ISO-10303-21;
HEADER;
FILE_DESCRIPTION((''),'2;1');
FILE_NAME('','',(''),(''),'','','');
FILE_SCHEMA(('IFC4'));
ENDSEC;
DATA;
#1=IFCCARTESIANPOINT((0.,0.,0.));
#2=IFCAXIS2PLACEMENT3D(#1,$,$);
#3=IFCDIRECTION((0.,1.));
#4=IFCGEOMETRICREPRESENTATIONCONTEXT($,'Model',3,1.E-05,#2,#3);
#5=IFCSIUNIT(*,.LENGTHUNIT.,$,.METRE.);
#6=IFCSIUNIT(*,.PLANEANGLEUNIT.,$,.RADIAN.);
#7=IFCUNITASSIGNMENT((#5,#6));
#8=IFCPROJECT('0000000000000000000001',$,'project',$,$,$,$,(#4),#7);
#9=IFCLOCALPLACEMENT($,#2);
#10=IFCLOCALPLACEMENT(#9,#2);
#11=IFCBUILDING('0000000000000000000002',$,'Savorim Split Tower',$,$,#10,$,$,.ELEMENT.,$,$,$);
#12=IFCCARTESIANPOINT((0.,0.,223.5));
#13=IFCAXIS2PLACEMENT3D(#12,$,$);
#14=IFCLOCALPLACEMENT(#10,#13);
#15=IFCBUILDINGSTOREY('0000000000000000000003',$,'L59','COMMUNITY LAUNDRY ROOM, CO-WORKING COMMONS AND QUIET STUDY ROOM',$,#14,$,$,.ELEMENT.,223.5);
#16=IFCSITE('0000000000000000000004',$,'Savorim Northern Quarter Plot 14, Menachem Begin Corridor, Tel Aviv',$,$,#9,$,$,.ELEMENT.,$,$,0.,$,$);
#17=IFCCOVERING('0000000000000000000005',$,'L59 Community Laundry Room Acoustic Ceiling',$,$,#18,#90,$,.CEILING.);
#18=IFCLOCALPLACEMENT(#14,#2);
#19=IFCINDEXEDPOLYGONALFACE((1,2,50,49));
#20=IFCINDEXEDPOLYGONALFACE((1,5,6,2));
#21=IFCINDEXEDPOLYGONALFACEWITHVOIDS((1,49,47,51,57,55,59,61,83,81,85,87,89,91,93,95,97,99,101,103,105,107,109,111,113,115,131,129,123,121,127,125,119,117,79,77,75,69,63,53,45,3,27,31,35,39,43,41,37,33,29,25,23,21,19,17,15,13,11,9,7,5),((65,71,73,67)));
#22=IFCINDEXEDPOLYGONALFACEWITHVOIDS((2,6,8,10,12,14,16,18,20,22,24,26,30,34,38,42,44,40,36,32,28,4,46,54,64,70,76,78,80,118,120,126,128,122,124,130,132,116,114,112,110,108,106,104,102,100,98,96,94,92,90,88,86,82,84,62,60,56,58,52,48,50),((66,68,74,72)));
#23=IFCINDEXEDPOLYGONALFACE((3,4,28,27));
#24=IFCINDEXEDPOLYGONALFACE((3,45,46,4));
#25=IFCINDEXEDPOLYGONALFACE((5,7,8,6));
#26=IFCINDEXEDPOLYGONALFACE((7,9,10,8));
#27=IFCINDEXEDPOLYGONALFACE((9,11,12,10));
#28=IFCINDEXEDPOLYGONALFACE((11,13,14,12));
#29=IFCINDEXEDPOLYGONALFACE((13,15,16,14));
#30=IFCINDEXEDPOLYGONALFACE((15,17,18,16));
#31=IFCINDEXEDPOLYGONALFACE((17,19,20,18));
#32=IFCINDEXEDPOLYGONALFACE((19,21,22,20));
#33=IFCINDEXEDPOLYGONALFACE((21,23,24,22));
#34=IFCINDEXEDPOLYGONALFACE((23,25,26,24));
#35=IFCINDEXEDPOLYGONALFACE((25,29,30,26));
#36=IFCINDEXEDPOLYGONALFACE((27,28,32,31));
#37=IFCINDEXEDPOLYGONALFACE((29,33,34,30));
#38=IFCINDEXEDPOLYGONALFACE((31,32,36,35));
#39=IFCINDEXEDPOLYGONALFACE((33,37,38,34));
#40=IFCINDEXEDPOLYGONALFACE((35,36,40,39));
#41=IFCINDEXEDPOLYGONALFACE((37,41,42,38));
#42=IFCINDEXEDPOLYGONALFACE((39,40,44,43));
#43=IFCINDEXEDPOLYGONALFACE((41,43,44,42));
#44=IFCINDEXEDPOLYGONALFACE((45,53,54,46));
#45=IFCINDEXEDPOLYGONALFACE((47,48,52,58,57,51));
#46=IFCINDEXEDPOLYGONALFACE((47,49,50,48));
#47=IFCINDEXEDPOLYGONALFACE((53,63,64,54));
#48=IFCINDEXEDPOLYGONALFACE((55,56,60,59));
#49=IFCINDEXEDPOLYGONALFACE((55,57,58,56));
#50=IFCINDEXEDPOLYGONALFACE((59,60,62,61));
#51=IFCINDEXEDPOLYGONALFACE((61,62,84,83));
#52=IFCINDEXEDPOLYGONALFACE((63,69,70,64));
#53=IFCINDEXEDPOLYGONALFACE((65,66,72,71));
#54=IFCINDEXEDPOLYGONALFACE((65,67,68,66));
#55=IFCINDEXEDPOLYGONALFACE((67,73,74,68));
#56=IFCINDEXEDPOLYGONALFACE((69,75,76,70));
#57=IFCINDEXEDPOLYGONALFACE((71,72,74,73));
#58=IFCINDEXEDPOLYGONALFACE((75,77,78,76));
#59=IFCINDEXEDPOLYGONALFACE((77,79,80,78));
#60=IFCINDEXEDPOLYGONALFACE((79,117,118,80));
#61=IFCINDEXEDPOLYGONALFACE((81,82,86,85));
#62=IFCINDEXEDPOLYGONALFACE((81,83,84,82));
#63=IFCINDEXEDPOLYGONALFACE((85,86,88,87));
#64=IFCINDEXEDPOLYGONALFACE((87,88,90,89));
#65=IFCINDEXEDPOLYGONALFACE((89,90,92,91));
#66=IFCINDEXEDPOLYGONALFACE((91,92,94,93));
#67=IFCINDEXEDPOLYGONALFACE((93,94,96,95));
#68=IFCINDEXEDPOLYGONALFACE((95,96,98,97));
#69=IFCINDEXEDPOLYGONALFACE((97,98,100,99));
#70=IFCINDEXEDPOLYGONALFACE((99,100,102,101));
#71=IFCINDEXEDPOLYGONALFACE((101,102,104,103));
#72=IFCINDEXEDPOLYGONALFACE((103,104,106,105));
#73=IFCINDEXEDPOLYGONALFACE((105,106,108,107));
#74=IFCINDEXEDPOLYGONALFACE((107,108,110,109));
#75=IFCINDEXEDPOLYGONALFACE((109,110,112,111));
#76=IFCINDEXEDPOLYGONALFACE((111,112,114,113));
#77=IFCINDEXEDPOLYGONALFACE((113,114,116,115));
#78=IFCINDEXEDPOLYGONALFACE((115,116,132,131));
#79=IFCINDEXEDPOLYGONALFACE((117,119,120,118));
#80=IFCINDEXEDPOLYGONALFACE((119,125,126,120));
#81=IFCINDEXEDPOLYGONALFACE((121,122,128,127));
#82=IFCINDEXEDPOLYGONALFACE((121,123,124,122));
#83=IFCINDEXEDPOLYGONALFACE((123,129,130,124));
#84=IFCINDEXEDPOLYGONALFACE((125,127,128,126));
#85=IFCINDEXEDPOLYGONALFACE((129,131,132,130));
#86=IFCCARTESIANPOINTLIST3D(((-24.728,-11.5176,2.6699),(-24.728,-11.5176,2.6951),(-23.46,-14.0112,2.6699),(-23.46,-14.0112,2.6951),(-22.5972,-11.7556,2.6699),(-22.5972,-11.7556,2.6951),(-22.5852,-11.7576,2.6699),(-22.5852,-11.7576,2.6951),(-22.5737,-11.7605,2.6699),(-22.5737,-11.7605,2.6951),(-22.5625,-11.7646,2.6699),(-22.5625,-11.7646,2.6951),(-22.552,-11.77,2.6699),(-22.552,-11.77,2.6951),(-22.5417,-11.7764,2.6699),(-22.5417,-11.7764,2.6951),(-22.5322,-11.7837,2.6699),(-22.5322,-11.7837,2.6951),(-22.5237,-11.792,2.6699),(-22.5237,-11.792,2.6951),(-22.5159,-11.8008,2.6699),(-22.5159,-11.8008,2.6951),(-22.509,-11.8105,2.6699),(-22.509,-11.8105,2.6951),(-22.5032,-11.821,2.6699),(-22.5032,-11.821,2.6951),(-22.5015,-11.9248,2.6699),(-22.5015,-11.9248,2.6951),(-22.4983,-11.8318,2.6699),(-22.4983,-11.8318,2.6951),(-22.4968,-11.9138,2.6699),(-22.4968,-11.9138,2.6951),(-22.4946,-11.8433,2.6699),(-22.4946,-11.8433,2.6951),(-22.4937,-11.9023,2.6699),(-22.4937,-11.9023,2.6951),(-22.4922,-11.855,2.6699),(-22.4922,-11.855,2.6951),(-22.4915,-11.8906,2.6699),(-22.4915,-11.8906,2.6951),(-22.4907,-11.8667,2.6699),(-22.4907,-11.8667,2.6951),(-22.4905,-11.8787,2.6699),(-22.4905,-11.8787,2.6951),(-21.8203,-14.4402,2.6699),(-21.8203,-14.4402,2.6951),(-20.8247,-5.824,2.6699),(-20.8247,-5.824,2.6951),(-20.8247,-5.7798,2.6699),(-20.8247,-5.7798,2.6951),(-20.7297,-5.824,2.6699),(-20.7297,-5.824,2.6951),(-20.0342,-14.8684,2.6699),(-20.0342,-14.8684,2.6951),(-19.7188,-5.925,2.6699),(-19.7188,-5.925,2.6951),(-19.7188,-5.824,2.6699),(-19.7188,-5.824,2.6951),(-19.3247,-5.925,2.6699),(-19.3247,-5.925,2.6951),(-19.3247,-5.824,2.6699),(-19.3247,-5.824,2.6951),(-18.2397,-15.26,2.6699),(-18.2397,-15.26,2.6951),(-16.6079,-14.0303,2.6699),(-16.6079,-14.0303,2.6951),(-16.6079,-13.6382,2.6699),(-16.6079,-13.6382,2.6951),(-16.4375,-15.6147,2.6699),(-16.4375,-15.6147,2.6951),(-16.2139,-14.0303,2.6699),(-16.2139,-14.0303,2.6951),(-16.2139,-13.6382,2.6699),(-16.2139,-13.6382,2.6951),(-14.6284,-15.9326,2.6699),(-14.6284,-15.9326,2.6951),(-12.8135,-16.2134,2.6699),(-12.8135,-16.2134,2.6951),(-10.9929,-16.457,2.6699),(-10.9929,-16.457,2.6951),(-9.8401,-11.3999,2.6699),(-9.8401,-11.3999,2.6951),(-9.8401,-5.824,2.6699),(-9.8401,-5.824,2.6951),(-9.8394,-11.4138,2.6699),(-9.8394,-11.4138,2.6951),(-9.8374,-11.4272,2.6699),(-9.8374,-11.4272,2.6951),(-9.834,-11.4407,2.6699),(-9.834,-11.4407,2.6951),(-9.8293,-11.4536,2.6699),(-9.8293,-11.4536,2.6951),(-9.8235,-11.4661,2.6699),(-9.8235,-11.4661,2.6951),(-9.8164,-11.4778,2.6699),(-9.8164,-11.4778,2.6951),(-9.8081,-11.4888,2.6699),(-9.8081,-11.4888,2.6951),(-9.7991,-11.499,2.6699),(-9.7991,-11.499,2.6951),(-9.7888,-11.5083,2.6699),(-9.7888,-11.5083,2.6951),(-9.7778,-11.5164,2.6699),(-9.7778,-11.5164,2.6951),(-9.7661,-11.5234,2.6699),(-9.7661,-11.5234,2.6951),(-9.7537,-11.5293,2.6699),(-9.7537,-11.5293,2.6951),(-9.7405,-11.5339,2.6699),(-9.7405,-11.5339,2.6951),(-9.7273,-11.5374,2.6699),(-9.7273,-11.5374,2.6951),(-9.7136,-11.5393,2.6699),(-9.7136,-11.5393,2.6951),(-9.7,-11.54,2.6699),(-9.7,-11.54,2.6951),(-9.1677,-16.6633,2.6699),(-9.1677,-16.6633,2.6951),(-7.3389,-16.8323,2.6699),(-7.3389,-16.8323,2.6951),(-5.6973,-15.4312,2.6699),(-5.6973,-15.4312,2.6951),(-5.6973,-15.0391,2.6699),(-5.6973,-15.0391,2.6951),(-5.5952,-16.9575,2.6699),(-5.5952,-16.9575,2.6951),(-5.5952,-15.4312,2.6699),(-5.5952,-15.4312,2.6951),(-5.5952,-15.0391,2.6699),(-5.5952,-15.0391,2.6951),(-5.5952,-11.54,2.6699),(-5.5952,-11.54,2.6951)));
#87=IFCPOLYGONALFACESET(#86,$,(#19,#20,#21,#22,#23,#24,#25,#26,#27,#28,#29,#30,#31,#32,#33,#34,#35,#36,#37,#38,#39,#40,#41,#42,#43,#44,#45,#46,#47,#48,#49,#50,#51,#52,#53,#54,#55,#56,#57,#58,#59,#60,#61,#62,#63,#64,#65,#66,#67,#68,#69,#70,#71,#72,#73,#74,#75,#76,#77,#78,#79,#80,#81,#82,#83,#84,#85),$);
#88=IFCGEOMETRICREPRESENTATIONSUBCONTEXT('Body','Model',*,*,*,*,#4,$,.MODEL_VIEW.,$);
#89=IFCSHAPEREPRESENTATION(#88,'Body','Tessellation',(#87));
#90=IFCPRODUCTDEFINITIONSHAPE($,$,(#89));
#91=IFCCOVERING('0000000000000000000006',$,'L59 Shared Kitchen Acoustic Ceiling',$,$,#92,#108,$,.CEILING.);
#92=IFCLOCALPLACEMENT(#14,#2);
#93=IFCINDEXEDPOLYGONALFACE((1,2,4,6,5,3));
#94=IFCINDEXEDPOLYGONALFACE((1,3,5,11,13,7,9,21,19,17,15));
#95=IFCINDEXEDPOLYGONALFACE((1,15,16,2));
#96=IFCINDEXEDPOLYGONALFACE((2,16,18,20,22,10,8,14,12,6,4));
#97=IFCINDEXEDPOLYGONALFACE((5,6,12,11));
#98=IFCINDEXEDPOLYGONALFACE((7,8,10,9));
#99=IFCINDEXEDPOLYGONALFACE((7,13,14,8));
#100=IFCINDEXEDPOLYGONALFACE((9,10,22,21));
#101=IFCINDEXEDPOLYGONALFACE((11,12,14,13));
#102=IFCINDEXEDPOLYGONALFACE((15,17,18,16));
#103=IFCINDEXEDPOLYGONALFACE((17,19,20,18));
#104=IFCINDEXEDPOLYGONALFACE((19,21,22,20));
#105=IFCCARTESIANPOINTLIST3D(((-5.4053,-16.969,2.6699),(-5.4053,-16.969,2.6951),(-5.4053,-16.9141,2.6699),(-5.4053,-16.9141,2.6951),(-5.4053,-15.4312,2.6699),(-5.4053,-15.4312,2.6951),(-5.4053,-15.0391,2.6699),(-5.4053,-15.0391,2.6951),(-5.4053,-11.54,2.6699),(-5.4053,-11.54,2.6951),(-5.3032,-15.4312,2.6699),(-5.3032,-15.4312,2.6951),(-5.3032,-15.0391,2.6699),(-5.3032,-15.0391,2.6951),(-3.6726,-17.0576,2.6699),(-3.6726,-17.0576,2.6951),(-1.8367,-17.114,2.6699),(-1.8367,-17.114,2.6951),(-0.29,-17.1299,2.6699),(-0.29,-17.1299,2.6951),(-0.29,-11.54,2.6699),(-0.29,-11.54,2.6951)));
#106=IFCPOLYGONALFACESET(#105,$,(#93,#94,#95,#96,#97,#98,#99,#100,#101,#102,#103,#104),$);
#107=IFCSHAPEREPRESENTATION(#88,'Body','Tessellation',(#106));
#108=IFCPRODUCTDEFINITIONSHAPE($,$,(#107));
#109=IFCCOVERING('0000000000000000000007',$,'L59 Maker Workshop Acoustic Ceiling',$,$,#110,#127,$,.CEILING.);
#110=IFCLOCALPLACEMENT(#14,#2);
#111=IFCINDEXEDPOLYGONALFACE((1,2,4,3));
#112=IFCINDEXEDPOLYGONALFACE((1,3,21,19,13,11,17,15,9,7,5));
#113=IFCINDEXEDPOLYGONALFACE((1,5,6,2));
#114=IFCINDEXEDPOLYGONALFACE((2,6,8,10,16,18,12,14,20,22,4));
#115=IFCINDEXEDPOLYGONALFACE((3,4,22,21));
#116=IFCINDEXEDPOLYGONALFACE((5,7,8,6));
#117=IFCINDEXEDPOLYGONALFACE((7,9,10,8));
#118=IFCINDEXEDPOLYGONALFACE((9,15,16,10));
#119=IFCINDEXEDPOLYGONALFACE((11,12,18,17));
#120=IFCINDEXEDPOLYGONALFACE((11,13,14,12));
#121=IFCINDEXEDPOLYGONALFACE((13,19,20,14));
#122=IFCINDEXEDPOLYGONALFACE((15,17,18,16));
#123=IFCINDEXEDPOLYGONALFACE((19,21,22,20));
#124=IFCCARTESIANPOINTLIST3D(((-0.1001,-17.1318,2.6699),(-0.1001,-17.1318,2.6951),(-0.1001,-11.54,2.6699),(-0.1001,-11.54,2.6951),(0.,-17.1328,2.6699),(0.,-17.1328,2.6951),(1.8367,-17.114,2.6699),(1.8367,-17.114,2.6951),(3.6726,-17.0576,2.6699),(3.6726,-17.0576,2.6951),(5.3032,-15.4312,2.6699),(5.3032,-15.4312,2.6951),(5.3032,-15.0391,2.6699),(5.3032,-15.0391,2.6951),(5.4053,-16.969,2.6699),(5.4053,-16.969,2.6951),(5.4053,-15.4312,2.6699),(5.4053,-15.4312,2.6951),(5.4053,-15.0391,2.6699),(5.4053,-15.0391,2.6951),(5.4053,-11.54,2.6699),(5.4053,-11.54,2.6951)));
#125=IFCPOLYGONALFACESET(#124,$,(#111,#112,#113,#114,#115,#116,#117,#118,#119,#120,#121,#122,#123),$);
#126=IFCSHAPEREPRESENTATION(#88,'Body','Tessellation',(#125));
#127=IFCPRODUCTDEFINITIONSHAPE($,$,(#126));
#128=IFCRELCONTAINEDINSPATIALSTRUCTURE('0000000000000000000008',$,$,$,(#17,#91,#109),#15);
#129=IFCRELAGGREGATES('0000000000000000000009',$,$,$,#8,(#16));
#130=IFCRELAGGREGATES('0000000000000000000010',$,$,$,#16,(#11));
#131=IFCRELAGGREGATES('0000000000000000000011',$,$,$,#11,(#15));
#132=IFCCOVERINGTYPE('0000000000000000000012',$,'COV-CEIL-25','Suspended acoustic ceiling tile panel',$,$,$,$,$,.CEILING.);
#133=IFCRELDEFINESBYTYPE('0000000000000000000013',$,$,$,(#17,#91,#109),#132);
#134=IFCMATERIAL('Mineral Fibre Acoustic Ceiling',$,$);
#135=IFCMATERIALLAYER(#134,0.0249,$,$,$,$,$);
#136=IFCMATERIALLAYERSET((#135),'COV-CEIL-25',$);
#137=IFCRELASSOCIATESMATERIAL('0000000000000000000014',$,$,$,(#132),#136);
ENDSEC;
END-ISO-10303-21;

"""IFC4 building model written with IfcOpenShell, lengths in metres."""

from ifc_helpers import new_model, si_unit, direction, frame, origin, place, context, subcontext, project, spatial, polyline, outline, extrude, material, layer, layer_set, type_object, element, save


model = new_model("IFC4")

# Units and contexts
model_context = context("Model", 3, precision=1e-05, world=origin(), true_north=direction((0.0, 1.0)))
body_context = subcontext(model_context, "Body", "Model", "MODEL_VIEW")
ifc_project = project(units=[si_unit("LENGTHUNIT", "METRE"), si_unit("PLANEANGLEUNIT", "RADIAN")], contexts=[model_context])

# Site, building, storey
site_placement = place(None, origin())
site = spatial("IfcSite", under=ifc_project, at=site_placement, Name="Savorim Northern Quarter Plot 14, Menachem Begin Corridor, Tel Aviv", CompositionType="ELEMENT", RefElevation=0.0)
building_placement = place(site_placement, origin())
building = spatial("IfcBuilding", under=site, at=building_placement, Name="Savorim Split Tower", CompositionType="ELEMENT")
storey_placement = place(building_placement, frame((0.0, 0.0, 223.5)))
storey = spatial("IfcBuildingStorey", under=building, at=storey_placement, Name="L59", Description="COMMUNITY LAUNDRY ROOM, CO-WORKING COMMONS AND QUIET STUDY ROOM", CompositionType="ELEMENT", Elevation=223.5)

# Coverings
ifc_material_1 = material(Name="Mineral Fibre Acoustic Ceiling")
ifc_layer_1 = layer(ifc_material_1, 0.0249)
ifc_layer_set_1 = layer_set([ifc_layer_1], Name="COV-CEIL-25")
covering_type_1 = type_object("IfcCoveringType", Name="COV-CEIL-25", Description="Suspended acoustic ceiling tile panel", PredefinedType="CEILING", material=ifc_layer_set_1)
covering_1_placement = place(storey_placement, frame((0.0, 0.0, 2.6699)))
element("IfcCovering", 1, at=covering_1_placement, inside=storey, type_object=covering_type_1, Name="L59 Community Laundry Room Acoustic Ceiling", PredefinedType="CEILING", context=body_context, shape_type="SweptSolid", body=[
    extrude(outline(polyline([(-22.4905, -11.8787), (-22.4915, -11.8906), (-22.4937, -11.9023), (-22.4968, -11.9138), (-22.5015, -11.9248), (-23.46, -14.0112), (-21.8203, -14.4402), (-20.0342, -14.8684), (-18.2397, -15.26), (-16.4375, -15.6147), (-14.6284, -15.9326), (-12.8135, -16.2134), (-10.9929, -16.457), (-9.1677, -16.6633), (-7.3389, -16.8323), (-5.5952, -16.9575), (-5.5952, -15.4312), (-5.6973, -15.4312), (-5.6973, -15.0391), (-5.5952, -15.0391), (-5.5952, -11.54), (-9.7, -11.54), (-9.7136, -11.5393), (-9.7273, -11.5374), (-9.7405, -11.5339), (-9.7537, -11.5293), (-9.7661, -11.5234), (-9.7778, -11.5164), (-9.7888, -11.5083), (-9.7991, -11.499), (-9.8081, -11.4888), (-9.8164, -11.4778), (-9.8235, -11.4661), (-9.8293, -11.4536), (-9.834, -11.4407), (-9.8374, -11.4272), (-9.8394, -11.4138), (-9.8401, -11.3999), (-9.8401, -5.824), (-19.3247, -5.824), (-19.3247, -5.925), (-19.7188, -5.925), (-19.7188, -5.824), (-20.7297, -5.824), (-20.8247, -5.824), (-20.8247, -5.7798), (-24.728, -11.5176), (-22.5972, -11.7556), (-22.5852, -11.7576), (-22.5737, -11.7605), (-22.5625, -11.7646), (-22.552, -11.77), (-22.5417, -11.7764), (-22.5322, -11.7837), (-22.5237, -11.792), (-22.5159, -11.8008), (-22.509, -11.8105), (-22.5032, -11.821), (-22.4983, -11.8318), (-22.4946, -11.8433), (-22.4922, -11.855), (-22.4907, -11.8667), (-22.4905, -11.8787)]), holes=[polyline([(-16.6079, -14.0303), (-16.2139, -14.0303), (-16.2139, -13.6382), (-16.6079, -13.6382), (-16.6079, -14.0303)])]), origin(), (0.0, 0.0, 1.0), 0.0251),
])
covering_2_placement = place(storey_placement, frame((0.0, 0.0, 2.6699)))
element("IfcCovering", 2, at=covering_2_placement, inside=storey, type_object=covering_type_1, Name="L59 Shared Kitchen Acoustic Ceiling", PredefinedType="CEILING", context=body_context, shape_type="SweptSolid", body=[
    extrude(outline(polyline([(-5.4053, -16.969), (-3.6726, -17.0576), (-1.8367, -17.114), (-0.29, -17.1299), (-0.29, -11.54), (-5.4053, -11.54), (-5.4053, -15.0391), (-5.3032, -15.0391), (-5.3032, -15.4312), (-5.4053, -15.4312), (-5.4053, -16.9141), (-5.4053, -16.969)])), origin(), (0.0, 0.0, 1.0), 0.0251),
])
covering_3_placement = place(storey_placement, frame((0.0, 0.0, 2.6699)))
element("IfcCovering", 3, at=covering_3_placement, inside=storey, type_object=covering_type_1, Name="L59 Maker Workshop Acoustic Ceiling", PredefinedType="CEILING", context=body_context, shape_type="SweptSolid", body=[
    extrude(outline(polyline([(-0.1001, -17.1318), (0.0, -17.1328), (1.8367, -17.114), (3.6726, -17.0576), (5.4053, -16.969), (5.4053, -15.4312), (5.3032, -15.4312), (5.3032, -15.0391), (5.4053, -15.0391), (5.4053, -11.54), (-0.1001, -11.54), (-0.1001, -17.1318)])), origin(), (0.0, 0.0, 1.0), 0.0251),
])

save(model, "model.ifc")
